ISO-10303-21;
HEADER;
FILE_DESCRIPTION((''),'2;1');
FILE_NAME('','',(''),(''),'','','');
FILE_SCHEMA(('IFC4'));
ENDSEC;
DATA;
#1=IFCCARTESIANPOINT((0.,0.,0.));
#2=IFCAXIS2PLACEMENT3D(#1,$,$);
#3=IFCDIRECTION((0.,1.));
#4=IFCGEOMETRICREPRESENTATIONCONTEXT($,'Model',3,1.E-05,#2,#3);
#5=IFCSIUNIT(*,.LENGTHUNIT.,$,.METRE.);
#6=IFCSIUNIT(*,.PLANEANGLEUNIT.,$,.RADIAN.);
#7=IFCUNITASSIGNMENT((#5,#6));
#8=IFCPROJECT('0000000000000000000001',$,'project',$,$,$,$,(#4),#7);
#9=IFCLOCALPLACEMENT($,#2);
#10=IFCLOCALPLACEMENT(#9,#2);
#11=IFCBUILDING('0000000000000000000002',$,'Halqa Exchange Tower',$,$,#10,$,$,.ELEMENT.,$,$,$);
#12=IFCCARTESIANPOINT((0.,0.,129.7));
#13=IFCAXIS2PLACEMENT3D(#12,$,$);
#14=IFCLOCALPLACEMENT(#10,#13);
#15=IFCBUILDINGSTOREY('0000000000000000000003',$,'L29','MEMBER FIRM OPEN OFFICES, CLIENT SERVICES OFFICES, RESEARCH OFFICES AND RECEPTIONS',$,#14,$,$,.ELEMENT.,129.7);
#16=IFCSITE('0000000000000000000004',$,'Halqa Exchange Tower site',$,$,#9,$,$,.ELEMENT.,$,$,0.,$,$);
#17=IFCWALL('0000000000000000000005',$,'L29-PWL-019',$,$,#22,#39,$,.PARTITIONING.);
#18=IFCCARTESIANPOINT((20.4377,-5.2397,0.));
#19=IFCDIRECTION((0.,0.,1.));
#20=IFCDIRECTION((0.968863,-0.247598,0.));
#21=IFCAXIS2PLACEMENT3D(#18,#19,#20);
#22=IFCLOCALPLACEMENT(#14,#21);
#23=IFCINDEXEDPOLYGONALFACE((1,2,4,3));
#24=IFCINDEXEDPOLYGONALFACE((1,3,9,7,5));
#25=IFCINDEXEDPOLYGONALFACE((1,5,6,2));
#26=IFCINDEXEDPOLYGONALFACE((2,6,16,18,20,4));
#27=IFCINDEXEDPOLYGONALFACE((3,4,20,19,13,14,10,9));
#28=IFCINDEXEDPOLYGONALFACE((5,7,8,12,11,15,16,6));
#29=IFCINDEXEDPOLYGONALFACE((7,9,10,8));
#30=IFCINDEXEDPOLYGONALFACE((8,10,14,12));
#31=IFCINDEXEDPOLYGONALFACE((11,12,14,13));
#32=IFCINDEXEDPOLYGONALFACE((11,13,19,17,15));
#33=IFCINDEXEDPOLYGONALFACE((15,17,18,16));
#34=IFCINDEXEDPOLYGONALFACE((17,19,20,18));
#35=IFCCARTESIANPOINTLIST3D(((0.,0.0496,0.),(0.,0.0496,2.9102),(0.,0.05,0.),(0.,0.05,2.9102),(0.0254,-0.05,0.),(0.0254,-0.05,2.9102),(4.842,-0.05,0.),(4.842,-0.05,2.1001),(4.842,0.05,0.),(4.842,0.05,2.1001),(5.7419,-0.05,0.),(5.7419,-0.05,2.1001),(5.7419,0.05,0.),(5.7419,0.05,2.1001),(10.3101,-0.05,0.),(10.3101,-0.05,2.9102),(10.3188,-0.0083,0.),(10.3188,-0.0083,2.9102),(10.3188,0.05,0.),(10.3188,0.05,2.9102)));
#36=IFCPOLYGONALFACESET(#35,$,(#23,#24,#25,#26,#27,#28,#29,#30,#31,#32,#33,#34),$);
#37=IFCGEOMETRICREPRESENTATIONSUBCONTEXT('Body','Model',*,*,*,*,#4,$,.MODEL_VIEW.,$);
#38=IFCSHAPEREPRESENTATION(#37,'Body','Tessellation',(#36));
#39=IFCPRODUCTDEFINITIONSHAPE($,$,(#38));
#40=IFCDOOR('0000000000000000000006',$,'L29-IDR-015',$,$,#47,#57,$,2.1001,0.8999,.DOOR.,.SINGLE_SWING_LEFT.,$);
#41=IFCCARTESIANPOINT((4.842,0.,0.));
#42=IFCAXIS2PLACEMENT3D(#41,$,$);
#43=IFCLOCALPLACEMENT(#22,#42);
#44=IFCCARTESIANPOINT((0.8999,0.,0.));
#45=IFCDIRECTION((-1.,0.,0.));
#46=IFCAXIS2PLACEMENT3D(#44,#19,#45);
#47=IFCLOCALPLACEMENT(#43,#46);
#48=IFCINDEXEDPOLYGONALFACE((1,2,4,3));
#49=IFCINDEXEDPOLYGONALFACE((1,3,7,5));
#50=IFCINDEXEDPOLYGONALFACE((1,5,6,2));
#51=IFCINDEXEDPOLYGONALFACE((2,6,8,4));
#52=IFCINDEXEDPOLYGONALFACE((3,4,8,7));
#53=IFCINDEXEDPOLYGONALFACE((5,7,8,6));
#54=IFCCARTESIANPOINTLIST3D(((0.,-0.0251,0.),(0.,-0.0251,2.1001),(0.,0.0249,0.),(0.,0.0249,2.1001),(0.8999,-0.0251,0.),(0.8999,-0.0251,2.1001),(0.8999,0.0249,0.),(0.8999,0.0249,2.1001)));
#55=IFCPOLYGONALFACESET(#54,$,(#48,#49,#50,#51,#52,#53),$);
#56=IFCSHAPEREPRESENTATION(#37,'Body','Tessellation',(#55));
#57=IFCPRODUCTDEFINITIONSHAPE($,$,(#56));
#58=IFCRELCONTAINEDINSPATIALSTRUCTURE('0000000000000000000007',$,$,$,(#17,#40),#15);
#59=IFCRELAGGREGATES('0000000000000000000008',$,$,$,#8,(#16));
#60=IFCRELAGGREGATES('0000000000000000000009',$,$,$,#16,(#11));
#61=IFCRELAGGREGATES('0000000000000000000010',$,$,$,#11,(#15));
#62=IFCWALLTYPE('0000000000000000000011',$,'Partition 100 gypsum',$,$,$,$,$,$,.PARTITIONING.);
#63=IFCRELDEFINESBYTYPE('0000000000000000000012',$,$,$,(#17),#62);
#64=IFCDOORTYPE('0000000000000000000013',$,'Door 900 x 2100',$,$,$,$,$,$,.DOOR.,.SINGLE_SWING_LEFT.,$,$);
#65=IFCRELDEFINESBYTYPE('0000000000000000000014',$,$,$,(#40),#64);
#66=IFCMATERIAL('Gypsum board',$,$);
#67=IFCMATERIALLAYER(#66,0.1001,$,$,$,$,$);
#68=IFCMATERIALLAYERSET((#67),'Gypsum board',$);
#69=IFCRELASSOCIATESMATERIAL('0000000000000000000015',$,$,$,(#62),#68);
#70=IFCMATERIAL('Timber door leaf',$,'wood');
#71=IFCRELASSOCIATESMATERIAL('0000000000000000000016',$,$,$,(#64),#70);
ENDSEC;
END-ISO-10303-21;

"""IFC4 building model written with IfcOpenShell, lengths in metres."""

from ifc_helpers import new_model, si_unit, direction, frame, frame_2d, origin, place, context, subcontext, project, spatial, polyline, rectangle, outline, extrude, material, layer, layer_set, type_object, element, fill, save


model = new_model("IFC4")

# Units and contexts
model_context = context("Model", 3, precision=1e-05, world=origin(), true_north=direction((0.0, 1.0)))
body_context = subcontext(model_context, "Body", "Model", "MODEL_VIEW")
ifc_project = project(units=[si_unit("LENGTHUNIT", "METRE"), si_unit("PLANEANGLEUNIT", "RADIAN")], contexts=[model_context])

# Site, building, storey
site_placement = place(None, origin())
site = spatial("IfcSite", under=ifc_project, at=site_placement, Name="Halqa Exchange Tower site", CompositionType="ELEMENT", RefElevation=0.0)
building_placement = place(site_placement, origin())
building = spatial("IfcBuilding", under=site, at=building_placement, Name="Halqa Exchange Tower", CompositionType="ELEMENT")
storey_placement = place(building_placement, frame((0.0, 0.0, 129.7)))
storey = spatial("IfcBuildingStorey", under=building, at=storey_placement, Name="L29", Description="MEMBER FIRM OPEN OFFICES, CLIENT SERVICES OFFICES, RESEARCH OFFICES AND RECEPTIONS", CompositionType="ELEMENT", Elevation=129.7)

# Shared definitions
ifc_material_1 = material(Name="Gypsum board")
ifc_layer_1 = layer(ifc_material_1, 0.1001)
ifc_layer_set_1 = layer_set([ifc_layer_1], Name="Gypsum board")
wall_type_1 = type_object("IfcWallType", Name="Partition 100 gypsum", PredefinedType="PARTITIONING", material=ifc_layer_set_1)

# Wall, opening, door
ifc_material_2 = material(Name="Timber door leaf", Category="wood")
door_type_1 = type_object("IfcDoorType", Name="Door 900 x 2100", OperationType="SINGLE_SWING_LEFT", PredefinedType="DOOR", material=ifc_material_2)
wall_1_placement = place(storey_placement, frame((20.4377, -5.2397, 0.0), z_axis=(0.0, 0.0, 1.0), x_axis=(0.968863, -0.247598, 0.0)))
wall_1 = element("IfcWall", 1, at=wall_1_placement, inside=storey, type_object=wall_type_1, Name="L29-PWL-019", PredefinedType="PARTITIONING", context=body_context, shape_type="SweptSolid", body=[
    extrude(outline(polyline([(0.0254, -0.05), (1.7395, -0.05), (3.4536, -0.05), (5.1677, -0.05), (6.8818, -0.05), (8.5959, -0.05), (10.3101, -0.05), (10.3188, -0.0083), (10.3188, 0.05), (8.5991, 0.05), (6.8792, 0.05), (5.1594, 0.05), (3.4397, 0.05), (1.7197, 0.05), (0.0, 0.05), (0.0, 0.0496), (0.0254, -0.05)])), origin(), (0.0, 0.0, 1.0), 2.9102),
])
opening_1_placement = place(wall_1_placement, frame((4.842, 0.0, 0.0)))
opening_1 = element("IfcOpeningElement", 2, at=opening_1_placement, cuts=wall_1, PredefinedType="OPENING", context=body_context, shape_type="SweptSolid", body=[
    extrude(rectangle(XDim=0.8999, YDim=2.1001, at=frame_2d((0.45, 1.05))), frame((0.0, 0.062, 0.0), z_axis=(0.0, -1.0, 0.0), x_axis=(1.0, 0.0, 0.0)), (0.0, 0.0, 1.0), 0.124),
])
door_1_placement = place(opening_1_placement, frame((0.8999, 0.0, 0.0), z_axis=(0.0, 0.0, 1.0), x_axis=(-1.0, 0.0, 0.0)))
door_1 = element("IfcDoor", 3, at=door_1_placement, inside=storey, type_object=door_type_1, Name="L29-IDR-015", OperationType="SINGLE_SWING_LEFT", OverallHeight=2.1001, OverallWidth=0.8999, PredefinedType="DOOR", context=body_context, shape_type="SweptSolid", body=[
    extrude(rectangle(XDim=0.8999, YDim=2.1001, at=frame_2d((0.45, 1.05))), frame((0.0, 0.0249, 0.0), z_axis=(0.0, -1.0, 0.0), x_axis=(1.0, 0.0, 0.0)), (0.0, 0.0, 1.0), 0.05),
])
fill(opening_1, door_1)

save(model, "model.ifc")
